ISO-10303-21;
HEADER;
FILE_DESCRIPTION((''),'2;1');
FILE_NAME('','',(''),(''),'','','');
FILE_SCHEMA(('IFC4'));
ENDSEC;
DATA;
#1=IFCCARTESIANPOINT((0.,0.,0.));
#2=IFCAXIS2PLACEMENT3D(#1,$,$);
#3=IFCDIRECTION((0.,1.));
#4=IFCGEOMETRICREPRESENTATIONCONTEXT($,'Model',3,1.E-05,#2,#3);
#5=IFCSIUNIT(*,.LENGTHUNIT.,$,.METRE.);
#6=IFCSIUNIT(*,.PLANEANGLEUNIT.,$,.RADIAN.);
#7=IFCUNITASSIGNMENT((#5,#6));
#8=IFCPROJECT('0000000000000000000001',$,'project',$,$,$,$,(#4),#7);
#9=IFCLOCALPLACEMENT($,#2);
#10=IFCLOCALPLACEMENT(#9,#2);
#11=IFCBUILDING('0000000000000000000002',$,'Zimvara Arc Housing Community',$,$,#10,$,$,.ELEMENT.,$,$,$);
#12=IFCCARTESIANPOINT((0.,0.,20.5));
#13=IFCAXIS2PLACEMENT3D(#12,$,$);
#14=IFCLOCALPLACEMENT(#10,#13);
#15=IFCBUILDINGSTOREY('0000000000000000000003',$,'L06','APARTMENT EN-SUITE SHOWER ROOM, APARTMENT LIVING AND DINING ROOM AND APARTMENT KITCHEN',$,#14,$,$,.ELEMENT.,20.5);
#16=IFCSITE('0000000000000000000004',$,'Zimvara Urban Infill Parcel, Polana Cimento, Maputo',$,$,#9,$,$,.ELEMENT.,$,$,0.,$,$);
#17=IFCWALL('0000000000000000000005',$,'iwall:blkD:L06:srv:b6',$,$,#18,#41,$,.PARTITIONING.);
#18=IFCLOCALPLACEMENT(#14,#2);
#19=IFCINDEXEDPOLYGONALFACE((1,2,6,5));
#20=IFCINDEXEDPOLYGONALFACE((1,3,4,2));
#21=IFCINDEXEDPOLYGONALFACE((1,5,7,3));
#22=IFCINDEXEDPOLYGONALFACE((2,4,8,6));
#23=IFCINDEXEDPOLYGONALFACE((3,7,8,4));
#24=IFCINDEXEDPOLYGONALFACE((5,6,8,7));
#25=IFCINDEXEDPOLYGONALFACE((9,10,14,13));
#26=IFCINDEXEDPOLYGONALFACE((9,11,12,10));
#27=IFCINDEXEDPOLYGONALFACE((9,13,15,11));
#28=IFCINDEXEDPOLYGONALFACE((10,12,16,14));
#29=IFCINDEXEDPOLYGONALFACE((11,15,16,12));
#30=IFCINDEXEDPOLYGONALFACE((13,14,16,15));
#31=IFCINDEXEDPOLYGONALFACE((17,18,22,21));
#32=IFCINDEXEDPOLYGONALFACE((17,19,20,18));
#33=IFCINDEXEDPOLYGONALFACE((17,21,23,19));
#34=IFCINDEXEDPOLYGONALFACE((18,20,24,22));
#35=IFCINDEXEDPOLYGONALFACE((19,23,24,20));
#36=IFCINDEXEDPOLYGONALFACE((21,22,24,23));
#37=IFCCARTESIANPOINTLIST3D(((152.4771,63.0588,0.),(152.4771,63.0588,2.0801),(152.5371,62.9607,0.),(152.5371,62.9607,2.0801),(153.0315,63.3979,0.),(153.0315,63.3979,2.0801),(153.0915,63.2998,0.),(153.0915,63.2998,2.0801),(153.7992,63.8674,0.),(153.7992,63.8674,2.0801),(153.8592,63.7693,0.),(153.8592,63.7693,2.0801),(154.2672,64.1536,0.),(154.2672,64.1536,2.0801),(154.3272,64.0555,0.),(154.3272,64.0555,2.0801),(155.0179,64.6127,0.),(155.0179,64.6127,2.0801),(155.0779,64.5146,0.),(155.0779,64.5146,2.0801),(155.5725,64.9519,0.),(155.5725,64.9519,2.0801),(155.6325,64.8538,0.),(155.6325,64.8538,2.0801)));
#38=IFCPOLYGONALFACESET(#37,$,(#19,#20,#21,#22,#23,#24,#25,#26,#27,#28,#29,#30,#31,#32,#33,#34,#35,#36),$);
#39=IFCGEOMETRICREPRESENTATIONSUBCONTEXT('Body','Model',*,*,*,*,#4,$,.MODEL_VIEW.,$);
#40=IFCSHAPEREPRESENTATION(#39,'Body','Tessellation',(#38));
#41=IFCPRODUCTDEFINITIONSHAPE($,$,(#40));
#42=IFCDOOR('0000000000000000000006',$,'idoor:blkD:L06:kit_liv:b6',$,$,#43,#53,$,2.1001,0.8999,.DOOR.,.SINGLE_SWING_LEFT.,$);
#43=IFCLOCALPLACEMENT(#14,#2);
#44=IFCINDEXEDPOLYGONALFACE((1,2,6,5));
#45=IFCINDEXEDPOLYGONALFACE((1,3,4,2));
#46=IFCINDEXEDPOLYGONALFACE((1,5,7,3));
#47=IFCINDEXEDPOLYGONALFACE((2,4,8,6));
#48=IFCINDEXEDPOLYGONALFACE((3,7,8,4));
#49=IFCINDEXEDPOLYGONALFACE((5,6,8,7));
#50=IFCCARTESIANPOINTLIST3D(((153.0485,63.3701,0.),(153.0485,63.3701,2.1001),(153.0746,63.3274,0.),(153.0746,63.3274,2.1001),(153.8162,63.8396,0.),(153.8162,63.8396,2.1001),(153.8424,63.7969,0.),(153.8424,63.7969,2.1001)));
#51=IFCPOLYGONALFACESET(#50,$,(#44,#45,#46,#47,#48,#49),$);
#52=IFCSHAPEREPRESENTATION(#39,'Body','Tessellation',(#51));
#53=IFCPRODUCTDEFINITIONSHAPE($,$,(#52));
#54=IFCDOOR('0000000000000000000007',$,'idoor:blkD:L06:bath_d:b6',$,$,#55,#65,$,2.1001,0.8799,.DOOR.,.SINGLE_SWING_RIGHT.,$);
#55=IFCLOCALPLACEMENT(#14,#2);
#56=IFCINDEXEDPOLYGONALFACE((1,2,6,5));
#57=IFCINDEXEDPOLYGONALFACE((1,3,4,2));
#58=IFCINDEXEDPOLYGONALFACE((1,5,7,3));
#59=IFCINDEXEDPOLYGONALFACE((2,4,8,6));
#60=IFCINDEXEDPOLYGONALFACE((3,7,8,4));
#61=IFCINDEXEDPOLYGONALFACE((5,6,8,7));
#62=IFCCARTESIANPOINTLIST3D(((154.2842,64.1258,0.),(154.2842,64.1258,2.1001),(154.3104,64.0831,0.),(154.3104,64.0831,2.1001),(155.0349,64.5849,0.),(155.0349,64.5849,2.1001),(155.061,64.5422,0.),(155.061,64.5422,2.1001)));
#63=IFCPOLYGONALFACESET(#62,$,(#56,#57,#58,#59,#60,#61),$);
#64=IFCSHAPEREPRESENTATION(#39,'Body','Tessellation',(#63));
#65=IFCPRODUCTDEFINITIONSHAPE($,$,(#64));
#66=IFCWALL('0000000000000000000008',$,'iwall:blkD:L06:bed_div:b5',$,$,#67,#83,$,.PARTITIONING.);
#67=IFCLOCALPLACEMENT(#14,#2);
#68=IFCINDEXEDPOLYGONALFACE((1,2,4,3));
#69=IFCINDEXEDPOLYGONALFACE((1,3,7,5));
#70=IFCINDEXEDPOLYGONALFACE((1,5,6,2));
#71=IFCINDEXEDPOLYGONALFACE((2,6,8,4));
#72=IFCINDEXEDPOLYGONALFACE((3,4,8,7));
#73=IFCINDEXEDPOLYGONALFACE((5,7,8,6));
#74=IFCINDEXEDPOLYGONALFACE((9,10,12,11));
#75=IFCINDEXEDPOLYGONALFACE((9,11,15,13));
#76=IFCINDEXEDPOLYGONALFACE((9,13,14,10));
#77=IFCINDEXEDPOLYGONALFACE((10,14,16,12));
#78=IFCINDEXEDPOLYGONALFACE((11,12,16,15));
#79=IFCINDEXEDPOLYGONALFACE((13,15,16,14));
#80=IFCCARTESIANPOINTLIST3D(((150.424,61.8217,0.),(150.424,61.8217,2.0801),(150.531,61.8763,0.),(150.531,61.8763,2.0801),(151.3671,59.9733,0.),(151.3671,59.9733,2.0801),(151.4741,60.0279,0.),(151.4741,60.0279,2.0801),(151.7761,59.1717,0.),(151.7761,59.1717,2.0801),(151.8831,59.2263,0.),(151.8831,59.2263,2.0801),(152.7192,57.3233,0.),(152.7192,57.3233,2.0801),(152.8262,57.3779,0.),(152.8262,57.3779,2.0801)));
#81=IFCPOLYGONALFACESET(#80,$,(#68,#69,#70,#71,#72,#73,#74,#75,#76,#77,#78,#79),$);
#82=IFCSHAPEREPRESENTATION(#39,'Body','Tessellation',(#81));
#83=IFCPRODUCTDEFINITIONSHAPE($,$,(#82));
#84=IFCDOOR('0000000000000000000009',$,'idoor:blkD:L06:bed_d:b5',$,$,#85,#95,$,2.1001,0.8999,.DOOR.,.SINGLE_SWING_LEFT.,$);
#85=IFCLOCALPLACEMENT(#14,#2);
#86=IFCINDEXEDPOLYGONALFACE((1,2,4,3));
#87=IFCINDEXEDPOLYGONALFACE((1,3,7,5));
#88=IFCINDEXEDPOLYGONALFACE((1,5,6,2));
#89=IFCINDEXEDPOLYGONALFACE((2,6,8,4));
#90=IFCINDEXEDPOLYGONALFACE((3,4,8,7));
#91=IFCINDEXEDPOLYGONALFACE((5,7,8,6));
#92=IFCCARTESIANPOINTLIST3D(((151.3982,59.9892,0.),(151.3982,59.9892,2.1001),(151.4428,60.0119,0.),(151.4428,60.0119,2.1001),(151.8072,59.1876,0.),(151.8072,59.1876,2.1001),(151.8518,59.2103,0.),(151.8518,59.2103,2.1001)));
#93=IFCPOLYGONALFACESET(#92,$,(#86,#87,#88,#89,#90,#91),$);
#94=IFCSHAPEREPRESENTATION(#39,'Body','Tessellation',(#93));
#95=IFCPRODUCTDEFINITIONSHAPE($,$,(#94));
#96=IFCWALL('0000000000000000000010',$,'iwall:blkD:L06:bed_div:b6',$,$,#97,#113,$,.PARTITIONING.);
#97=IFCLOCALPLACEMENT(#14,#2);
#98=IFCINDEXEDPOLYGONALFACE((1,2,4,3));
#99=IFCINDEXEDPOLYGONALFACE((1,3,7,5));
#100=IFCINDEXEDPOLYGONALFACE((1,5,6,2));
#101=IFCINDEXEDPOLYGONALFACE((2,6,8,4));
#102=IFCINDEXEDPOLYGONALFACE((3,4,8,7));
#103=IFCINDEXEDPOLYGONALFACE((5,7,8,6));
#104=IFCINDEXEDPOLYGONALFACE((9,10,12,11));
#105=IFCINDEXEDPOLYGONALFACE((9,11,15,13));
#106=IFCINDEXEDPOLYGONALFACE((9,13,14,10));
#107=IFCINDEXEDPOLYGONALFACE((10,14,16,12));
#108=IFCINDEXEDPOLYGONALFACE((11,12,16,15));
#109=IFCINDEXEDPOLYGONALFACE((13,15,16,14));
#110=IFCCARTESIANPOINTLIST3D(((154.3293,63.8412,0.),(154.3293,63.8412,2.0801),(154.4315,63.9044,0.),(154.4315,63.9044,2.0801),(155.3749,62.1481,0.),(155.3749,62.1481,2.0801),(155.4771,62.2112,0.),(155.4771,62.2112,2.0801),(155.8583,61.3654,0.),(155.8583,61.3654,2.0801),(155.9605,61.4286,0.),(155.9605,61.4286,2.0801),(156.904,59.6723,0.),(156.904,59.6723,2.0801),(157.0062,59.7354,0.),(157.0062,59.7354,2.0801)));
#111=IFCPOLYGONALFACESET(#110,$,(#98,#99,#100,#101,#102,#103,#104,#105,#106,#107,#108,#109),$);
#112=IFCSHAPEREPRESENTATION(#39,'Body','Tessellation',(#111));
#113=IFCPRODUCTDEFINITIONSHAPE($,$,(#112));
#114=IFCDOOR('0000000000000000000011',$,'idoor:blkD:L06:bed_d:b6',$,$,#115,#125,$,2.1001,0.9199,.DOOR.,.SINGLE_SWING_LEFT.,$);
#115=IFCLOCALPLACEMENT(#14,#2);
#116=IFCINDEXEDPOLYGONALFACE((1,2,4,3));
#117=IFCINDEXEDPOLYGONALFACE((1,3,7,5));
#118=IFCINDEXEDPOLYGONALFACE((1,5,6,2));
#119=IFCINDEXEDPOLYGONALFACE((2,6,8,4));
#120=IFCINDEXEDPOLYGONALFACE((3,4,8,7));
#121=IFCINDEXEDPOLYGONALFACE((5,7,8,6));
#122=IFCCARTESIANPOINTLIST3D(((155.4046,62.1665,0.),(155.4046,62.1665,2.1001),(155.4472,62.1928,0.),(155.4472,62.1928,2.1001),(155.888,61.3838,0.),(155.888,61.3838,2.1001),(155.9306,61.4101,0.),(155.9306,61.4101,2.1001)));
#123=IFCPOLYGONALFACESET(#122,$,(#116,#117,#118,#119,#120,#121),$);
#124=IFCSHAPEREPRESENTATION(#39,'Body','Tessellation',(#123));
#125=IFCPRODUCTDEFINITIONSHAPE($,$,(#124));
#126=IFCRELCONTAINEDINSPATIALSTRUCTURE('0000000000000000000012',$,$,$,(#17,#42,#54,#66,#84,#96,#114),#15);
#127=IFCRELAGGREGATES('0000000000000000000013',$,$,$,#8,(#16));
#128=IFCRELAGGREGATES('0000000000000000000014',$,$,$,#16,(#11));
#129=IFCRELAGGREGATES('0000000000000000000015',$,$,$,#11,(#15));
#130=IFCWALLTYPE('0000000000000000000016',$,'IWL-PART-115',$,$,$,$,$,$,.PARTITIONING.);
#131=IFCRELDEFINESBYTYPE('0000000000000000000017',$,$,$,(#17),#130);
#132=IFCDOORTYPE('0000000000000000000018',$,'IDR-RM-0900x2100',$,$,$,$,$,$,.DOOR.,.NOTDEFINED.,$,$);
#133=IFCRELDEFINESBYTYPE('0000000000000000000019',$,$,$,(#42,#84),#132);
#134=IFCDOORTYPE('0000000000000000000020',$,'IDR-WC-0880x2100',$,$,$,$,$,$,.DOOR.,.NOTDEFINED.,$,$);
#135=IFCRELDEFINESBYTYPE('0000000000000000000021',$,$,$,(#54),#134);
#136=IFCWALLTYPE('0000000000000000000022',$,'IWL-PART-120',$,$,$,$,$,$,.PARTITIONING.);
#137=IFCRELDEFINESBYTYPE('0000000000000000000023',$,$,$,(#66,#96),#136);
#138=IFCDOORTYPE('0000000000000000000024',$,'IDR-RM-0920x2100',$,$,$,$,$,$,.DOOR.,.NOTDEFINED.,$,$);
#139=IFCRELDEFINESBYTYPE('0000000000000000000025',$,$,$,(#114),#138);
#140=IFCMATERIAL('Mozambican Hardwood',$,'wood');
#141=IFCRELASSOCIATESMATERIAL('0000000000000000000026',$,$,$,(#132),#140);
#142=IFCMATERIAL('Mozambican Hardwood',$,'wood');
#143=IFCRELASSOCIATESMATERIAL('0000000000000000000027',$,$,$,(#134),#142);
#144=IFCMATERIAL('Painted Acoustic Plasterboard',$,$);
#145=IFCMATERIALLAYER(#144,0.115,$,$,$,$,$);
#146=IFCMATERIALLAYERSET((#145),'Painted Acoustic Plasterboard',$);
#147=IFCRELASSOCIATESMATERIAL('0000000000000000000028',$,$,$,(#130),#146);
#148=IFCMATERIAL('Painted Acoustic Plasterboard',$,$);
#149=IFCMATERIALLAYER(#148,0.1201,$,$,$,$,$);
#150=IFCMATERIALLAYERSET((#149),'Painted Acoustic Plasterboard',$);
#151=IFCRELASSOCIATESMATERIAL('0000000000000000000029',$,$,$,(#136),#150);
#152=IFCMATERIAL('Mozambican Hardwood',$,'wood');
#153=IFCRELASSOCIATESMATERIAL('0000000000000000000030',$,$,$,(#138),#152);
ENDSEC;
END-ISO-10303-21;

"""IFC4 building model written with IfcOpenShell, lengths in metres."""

from ifc_helpers import new_model, si_unit, direction, frame, frame_2d, origin, place, context, subcontext, project, spatial, rectangle, extrude, material, layer, layer_set, type_object, element, fill, save


model = new_model("IFC4")

# Units and contexts
model_context = context("Model", 3, precision=1e-05, world=origin(), true_north=direction((0.0, 1.0)))
body_context = subcontext(model_context, "Body", "Model", "MODEL_VIEW")
ifc_project = project(units=[si_unit("LENGTHUNIT", "METRE"), si_unit("PLANEANGLEUNIT", "RADIAN")], contexts=[model_context])

# Site, building, storey
site_placement = place(None, origin())
site = spatial("IfcSite", under=ifc_project, at=site_placement, Name="Zimvara Urban Infill Parcel, Polana Cimento, Maputo", CompositionType="ELEMENT", RefElevation=0.0)
building_placement = place(site_placement, origin())
building = spatial("IfcBuilding", under=site, at=building_placement, Name="Zimvara Arc Housing Community", CompositionType="ELEMENT")
storey_placement = place(building_placement, frame((0.0, 0.0, 20.5)))
storey = spatial("IfcBuildingStorey", under=building, at=storey_placement, Name="L06", Description="APARTMENT EN-SUITE SHOWER ROOM, APARTMENT LIVING AND DINING ROOM AND APARTMENT KITCHEN", CompositionType="ELEMENT", Elevation=20.5)

# Wall, openings, doors
ifc_material_1 = material(Name="Mozambican Hardwood", Category="wood")
door_type_1 = type_object("IfcDoorType", Name="IDR-RM-0900x2100", OperationType="NOTDEFINED", PredefinedType="DOOR", material=ifc_material_1)
ifc_material_2 = material(Name="Mozambican Hardwood", Category="wood")
door_type_2 = type_object("IfcDoorType", Name="IDR-WC-0880x2100", OperationType="NOTDEFINED", PredefinedType="DOOR", material=ifc_material_2)
ifc_material_3 = material(Name="Painted Acoustic Plasterboard")
ifc_layer_1 = layer(ifc_material_3, 0.115)
ifc_layer_set_1 = layer_set([ifc_layer_1], Name="Painted Acoustic Plasterboard")
wall_type_1 = type_object("IfcWallType", Name="IWL-PART-115", PredefinedType="PARTITIONING", material=ifc_layer_set_1)
wall_1_placement = place(storey_placement, frame((152.5071, 63.0098, 0.0), z_axis=(0.0, 0.0, 1.0), x_axis=(0.85311, 0.52173, 0.0)))
wall_1 = element("IfcWall", 1, at=wall_1_placement, inside=storey, type_object=wall_type_1, Name="iwall:blkD:L06:srv:b6", PredefinedType="PARTITIONING", context=body_context, shape_type="SweptSolid", body=[
    extrude(rectangle(XDim=3.6284, YDim=0.115, at=frame_2d((1.8142, 0.0))), origin(), (0.0, 0.0, 1.0), 2.0801),
])
opening_1_placement = place(wall_1_placement, frame((0.6499, 0.0, 0.0)))
opening_1 = element("IfcOpeningElement", 2, at=opening_1_placement, cuts=wall_1, PredefinedType="OPENING", context=body_context, shape_type="SweptSolid", body=[
    extrude(rectangle(XDim=0.8999, YDim=2.1001, at=frame_2d((0.45, 1.05))), frame((0.0, 0.0674, 0.0), z_axis=(0.0, -1.0, 0.0), x_axis=(1.0, 0.0, 0.0)), (0.0, 0.0, 1.0), 0.135),
])
opening_2_placement = place(wall_1_placement, frame((2.0984, 0.0, 0.0)))
opening_2 = element("IfcOpeningElement", 3, at=opening_2_placement, cuts=wall_1, PredefinedType="OPENING", context=body_context, shape_type="SweptSolid", body=[
    extrude(rectangle(XDim=0.8799, YDim=2.1001, at=frame_2d((0.4399, 1.05))), frame((0.0, 0.0674, 0.0), z_axis=(0.0, -1.0, 0.0), x_axis=(1.0, 0.0, 0.0)), (0.0, 0.0, 1.0), 0.135),
])
door_1_placement = place(opening_1_placement, origin())
door_1 = element("IfcDoor", 4, at=door_1_placement, inside=storey, type_object=door_type_1, Name="idoor:blkD:L06:kit_liv:b6", OperationType="SINGLE_SWING_LEFT", OverallHeight=2.1001, OverallWidth=0.8999, PredefinedType="DOOR", context=body_context, shape_type="SweptSolid", body=[
    extrude(rectangle(XDim=0.8999, YDim=2.1001, at=frame_2d((0.45, 1.05))), frame((0.0, 0.0249, 0.0), z_axis=(0.0, -1.0, 0.0), x_axis=(1.0, 0.0, 0.0)), (0.0, 0.0, 1.0), 0.05),
])
fill(opening_1, door_1)
door_2_placement = place(opening_2_placement, origin())
door_2 = element("IfcDoor", 5, at=door_2_placement, inside=storey, type_object=door_type_2, Name="idoor:blkD:L06:bath_d:b6", OperationType="SINGLE_SWING_RIGHT", OverallHeight=2.1001, OverallWidth=0.8799, PredefinedType="DOOR", context=body_context, shape_type="SweptSolid", body=[
    extrude(rectangle(XDim=0.8799, YDim=2.1001, at=frame_2d((0.4399, 1.05))), frame((0.0, 0.0249, 0.0), z_axis=(0.0, -1.0, 0.0), x_axis=(1.0, 0.0, 0.0)), (0.0, 0.0, 1.0), 0.05),
])
fill(opening_2, door_2)

# Walls, openings, doors
ifc_material_4 = material(Name="Painted Acoustic Plasterboard")
ifc_layer_2 = layer(ifc_material_4, 0.1201)
ifc_layer_set_2 = layer_set([ifc_layer_2], Name="Painted Acoustic Plasterboard")
wall_type_2 = type_object("IfcWallType", Name="IWL-PART-120", PredefinedType="PARTITIONING", material=ifc_layer_set_2)
wall_2_placement = place(storey_placement, frame((150.4775, 61.8489, 0.0), z_axis=(0.0, 0.0, 1.0), x_axis=(0.454489, -0.890752, 0.0)))
wall_2 = element("IfcWall", 6, at=wall_2_placement, inside=storey, type_object=wall_type_2, Name="iwall:blkD:L06:bed_div:b5", PredefinedType="PARTITIONING", context=body_context, shape_type="SweptSolid", body=[
    extrude(rectangle(XDim=5.05, YDim=0.1201, at=frame_2d((2.5249, 0.0))), origin(), (0.0, 0.0, 1.0), 2.0801),
])
opening_3_placement = place(wall_2_placement, frame((2.075, 0.0, 0.0)))
opening_3 = element("IfcOpeningElement", 7, at=opening_3_placement, cuts=wall_2, PredefinedType="OPENING", context=body_context, shape_type="SweptSolid", body=[
    extrude(rectangle(XDim=0.8999, YDim=2.1001, at=frame_2d((0.45, 1.05))), frame((0.0, 0.0701, 0.0), z_axis=(0.0, -1.0, 0.0), x_axis=(1.0, 0.0, 0.0)), (0.0, 0.0, 1.0), 0.1401),
])
door_3_placement = place(opening_3_placement, origin())
door_3 = element("IfcDoor", 8, at=door_3_placement, inside=storey, type_object=door_type_1, Name="idoor:blkD:L06:bed_d:b5", OperationType="SINGLE_SWING_LEFT", OverallHeight=2.1001, OverallWidth=0.8999, PredefinedType="DOOR", context=body_context, shape_type="SweptSolid", body=[
    extrude(rectangle(XDim=0.8999, YDim=2.1001, at=frame_2d((0.45, 1.05))), frame((0.0, 0.0249, 0.0), z_axis=(0.0, -1.0, 0.0), x_axis=(1.0, 0.0, 0.0)), (0.0, 0.0, 1.0), 0.05),
])
fill(opening_3, door_3)
wall_3_placement = place(storey_placement, frame((154.3804, 63.8728, 0.0), z_axis=(0.0, 0.0, 1.0), x_axis=(0.525459, -0.850819, 0.0)))
wall_3 = element("IfcWall", 9, at=wall_3_placement, inside=storey, type_object=wall_type_2, Name="iwall:blkD:L06:bed_div:b6", PredefinedType="PARTITIONING", context=body_context, shape_type="SweptSolid", body=[
    extrude(rectangle(XDim=4.8999, YDim=0.1201, at=frame_2d((2.45, 0.0))), origin(), (0.0, 0.0, 1.0), 2.0801),
])
opening_4_placement = place(wall_3_placement, frame((1.99, 0.0, 0.0)))
opening_4 = element("IfcOpeningElement", 10, at=opening_4_placement, cuts=wall_3, PredefinedType="OPENING", context=body_context, shape_type="SweptSolid", body=[
    extrude(rectangle(XDim=0.9199, YDim=2.1001, at=frame_2d((0.46, 1.05))), frame((0.0, 0.0701, 0.0), z_axis=(0.0, -1.0, 0.0), x_axis=(1.0, 0.0, 0.0)), (0.0, 0.0, 1.0), 0.1401),
])
ifc_material_5 = material(Name="Mozambican Hardwood", Category="wood")
door_type_3 = type_object("IfcDoorType", Name="IDR-RM-0920x2100", OperationType="NOTDEFINED", PredefinedType="DOOR", material=ifc_material_5)
door_4_placement = place(opening_4_placement, origin())
door_4 = element("IfcDoor", 11, at=door_4_placement, inside=storey, type_object=door_type_3, Name="idoor:blkD:L06:bed_d:b6", OperationType="SINGLE_SWING_LEFT", OverallHeight=2.1001, OverallWidth=0.9199, PredefinedType="DOOR", context=body_context, shape_type="SweptSolid", body=[
    extrude(rectangle(XDim=0.9199, YDim=2.1001, at=frame_2d((0.46, 1.05))), frame((0.0, 0.0249, 0.0), z_axis=(0.0, -1.0, 0.0), x_axis=(1.0, 0.0, 0.0)), (0.0, 0.0, 1.0), 0.05),
])
fill(opening_4, door_4)

save(model, "model.ifc")
